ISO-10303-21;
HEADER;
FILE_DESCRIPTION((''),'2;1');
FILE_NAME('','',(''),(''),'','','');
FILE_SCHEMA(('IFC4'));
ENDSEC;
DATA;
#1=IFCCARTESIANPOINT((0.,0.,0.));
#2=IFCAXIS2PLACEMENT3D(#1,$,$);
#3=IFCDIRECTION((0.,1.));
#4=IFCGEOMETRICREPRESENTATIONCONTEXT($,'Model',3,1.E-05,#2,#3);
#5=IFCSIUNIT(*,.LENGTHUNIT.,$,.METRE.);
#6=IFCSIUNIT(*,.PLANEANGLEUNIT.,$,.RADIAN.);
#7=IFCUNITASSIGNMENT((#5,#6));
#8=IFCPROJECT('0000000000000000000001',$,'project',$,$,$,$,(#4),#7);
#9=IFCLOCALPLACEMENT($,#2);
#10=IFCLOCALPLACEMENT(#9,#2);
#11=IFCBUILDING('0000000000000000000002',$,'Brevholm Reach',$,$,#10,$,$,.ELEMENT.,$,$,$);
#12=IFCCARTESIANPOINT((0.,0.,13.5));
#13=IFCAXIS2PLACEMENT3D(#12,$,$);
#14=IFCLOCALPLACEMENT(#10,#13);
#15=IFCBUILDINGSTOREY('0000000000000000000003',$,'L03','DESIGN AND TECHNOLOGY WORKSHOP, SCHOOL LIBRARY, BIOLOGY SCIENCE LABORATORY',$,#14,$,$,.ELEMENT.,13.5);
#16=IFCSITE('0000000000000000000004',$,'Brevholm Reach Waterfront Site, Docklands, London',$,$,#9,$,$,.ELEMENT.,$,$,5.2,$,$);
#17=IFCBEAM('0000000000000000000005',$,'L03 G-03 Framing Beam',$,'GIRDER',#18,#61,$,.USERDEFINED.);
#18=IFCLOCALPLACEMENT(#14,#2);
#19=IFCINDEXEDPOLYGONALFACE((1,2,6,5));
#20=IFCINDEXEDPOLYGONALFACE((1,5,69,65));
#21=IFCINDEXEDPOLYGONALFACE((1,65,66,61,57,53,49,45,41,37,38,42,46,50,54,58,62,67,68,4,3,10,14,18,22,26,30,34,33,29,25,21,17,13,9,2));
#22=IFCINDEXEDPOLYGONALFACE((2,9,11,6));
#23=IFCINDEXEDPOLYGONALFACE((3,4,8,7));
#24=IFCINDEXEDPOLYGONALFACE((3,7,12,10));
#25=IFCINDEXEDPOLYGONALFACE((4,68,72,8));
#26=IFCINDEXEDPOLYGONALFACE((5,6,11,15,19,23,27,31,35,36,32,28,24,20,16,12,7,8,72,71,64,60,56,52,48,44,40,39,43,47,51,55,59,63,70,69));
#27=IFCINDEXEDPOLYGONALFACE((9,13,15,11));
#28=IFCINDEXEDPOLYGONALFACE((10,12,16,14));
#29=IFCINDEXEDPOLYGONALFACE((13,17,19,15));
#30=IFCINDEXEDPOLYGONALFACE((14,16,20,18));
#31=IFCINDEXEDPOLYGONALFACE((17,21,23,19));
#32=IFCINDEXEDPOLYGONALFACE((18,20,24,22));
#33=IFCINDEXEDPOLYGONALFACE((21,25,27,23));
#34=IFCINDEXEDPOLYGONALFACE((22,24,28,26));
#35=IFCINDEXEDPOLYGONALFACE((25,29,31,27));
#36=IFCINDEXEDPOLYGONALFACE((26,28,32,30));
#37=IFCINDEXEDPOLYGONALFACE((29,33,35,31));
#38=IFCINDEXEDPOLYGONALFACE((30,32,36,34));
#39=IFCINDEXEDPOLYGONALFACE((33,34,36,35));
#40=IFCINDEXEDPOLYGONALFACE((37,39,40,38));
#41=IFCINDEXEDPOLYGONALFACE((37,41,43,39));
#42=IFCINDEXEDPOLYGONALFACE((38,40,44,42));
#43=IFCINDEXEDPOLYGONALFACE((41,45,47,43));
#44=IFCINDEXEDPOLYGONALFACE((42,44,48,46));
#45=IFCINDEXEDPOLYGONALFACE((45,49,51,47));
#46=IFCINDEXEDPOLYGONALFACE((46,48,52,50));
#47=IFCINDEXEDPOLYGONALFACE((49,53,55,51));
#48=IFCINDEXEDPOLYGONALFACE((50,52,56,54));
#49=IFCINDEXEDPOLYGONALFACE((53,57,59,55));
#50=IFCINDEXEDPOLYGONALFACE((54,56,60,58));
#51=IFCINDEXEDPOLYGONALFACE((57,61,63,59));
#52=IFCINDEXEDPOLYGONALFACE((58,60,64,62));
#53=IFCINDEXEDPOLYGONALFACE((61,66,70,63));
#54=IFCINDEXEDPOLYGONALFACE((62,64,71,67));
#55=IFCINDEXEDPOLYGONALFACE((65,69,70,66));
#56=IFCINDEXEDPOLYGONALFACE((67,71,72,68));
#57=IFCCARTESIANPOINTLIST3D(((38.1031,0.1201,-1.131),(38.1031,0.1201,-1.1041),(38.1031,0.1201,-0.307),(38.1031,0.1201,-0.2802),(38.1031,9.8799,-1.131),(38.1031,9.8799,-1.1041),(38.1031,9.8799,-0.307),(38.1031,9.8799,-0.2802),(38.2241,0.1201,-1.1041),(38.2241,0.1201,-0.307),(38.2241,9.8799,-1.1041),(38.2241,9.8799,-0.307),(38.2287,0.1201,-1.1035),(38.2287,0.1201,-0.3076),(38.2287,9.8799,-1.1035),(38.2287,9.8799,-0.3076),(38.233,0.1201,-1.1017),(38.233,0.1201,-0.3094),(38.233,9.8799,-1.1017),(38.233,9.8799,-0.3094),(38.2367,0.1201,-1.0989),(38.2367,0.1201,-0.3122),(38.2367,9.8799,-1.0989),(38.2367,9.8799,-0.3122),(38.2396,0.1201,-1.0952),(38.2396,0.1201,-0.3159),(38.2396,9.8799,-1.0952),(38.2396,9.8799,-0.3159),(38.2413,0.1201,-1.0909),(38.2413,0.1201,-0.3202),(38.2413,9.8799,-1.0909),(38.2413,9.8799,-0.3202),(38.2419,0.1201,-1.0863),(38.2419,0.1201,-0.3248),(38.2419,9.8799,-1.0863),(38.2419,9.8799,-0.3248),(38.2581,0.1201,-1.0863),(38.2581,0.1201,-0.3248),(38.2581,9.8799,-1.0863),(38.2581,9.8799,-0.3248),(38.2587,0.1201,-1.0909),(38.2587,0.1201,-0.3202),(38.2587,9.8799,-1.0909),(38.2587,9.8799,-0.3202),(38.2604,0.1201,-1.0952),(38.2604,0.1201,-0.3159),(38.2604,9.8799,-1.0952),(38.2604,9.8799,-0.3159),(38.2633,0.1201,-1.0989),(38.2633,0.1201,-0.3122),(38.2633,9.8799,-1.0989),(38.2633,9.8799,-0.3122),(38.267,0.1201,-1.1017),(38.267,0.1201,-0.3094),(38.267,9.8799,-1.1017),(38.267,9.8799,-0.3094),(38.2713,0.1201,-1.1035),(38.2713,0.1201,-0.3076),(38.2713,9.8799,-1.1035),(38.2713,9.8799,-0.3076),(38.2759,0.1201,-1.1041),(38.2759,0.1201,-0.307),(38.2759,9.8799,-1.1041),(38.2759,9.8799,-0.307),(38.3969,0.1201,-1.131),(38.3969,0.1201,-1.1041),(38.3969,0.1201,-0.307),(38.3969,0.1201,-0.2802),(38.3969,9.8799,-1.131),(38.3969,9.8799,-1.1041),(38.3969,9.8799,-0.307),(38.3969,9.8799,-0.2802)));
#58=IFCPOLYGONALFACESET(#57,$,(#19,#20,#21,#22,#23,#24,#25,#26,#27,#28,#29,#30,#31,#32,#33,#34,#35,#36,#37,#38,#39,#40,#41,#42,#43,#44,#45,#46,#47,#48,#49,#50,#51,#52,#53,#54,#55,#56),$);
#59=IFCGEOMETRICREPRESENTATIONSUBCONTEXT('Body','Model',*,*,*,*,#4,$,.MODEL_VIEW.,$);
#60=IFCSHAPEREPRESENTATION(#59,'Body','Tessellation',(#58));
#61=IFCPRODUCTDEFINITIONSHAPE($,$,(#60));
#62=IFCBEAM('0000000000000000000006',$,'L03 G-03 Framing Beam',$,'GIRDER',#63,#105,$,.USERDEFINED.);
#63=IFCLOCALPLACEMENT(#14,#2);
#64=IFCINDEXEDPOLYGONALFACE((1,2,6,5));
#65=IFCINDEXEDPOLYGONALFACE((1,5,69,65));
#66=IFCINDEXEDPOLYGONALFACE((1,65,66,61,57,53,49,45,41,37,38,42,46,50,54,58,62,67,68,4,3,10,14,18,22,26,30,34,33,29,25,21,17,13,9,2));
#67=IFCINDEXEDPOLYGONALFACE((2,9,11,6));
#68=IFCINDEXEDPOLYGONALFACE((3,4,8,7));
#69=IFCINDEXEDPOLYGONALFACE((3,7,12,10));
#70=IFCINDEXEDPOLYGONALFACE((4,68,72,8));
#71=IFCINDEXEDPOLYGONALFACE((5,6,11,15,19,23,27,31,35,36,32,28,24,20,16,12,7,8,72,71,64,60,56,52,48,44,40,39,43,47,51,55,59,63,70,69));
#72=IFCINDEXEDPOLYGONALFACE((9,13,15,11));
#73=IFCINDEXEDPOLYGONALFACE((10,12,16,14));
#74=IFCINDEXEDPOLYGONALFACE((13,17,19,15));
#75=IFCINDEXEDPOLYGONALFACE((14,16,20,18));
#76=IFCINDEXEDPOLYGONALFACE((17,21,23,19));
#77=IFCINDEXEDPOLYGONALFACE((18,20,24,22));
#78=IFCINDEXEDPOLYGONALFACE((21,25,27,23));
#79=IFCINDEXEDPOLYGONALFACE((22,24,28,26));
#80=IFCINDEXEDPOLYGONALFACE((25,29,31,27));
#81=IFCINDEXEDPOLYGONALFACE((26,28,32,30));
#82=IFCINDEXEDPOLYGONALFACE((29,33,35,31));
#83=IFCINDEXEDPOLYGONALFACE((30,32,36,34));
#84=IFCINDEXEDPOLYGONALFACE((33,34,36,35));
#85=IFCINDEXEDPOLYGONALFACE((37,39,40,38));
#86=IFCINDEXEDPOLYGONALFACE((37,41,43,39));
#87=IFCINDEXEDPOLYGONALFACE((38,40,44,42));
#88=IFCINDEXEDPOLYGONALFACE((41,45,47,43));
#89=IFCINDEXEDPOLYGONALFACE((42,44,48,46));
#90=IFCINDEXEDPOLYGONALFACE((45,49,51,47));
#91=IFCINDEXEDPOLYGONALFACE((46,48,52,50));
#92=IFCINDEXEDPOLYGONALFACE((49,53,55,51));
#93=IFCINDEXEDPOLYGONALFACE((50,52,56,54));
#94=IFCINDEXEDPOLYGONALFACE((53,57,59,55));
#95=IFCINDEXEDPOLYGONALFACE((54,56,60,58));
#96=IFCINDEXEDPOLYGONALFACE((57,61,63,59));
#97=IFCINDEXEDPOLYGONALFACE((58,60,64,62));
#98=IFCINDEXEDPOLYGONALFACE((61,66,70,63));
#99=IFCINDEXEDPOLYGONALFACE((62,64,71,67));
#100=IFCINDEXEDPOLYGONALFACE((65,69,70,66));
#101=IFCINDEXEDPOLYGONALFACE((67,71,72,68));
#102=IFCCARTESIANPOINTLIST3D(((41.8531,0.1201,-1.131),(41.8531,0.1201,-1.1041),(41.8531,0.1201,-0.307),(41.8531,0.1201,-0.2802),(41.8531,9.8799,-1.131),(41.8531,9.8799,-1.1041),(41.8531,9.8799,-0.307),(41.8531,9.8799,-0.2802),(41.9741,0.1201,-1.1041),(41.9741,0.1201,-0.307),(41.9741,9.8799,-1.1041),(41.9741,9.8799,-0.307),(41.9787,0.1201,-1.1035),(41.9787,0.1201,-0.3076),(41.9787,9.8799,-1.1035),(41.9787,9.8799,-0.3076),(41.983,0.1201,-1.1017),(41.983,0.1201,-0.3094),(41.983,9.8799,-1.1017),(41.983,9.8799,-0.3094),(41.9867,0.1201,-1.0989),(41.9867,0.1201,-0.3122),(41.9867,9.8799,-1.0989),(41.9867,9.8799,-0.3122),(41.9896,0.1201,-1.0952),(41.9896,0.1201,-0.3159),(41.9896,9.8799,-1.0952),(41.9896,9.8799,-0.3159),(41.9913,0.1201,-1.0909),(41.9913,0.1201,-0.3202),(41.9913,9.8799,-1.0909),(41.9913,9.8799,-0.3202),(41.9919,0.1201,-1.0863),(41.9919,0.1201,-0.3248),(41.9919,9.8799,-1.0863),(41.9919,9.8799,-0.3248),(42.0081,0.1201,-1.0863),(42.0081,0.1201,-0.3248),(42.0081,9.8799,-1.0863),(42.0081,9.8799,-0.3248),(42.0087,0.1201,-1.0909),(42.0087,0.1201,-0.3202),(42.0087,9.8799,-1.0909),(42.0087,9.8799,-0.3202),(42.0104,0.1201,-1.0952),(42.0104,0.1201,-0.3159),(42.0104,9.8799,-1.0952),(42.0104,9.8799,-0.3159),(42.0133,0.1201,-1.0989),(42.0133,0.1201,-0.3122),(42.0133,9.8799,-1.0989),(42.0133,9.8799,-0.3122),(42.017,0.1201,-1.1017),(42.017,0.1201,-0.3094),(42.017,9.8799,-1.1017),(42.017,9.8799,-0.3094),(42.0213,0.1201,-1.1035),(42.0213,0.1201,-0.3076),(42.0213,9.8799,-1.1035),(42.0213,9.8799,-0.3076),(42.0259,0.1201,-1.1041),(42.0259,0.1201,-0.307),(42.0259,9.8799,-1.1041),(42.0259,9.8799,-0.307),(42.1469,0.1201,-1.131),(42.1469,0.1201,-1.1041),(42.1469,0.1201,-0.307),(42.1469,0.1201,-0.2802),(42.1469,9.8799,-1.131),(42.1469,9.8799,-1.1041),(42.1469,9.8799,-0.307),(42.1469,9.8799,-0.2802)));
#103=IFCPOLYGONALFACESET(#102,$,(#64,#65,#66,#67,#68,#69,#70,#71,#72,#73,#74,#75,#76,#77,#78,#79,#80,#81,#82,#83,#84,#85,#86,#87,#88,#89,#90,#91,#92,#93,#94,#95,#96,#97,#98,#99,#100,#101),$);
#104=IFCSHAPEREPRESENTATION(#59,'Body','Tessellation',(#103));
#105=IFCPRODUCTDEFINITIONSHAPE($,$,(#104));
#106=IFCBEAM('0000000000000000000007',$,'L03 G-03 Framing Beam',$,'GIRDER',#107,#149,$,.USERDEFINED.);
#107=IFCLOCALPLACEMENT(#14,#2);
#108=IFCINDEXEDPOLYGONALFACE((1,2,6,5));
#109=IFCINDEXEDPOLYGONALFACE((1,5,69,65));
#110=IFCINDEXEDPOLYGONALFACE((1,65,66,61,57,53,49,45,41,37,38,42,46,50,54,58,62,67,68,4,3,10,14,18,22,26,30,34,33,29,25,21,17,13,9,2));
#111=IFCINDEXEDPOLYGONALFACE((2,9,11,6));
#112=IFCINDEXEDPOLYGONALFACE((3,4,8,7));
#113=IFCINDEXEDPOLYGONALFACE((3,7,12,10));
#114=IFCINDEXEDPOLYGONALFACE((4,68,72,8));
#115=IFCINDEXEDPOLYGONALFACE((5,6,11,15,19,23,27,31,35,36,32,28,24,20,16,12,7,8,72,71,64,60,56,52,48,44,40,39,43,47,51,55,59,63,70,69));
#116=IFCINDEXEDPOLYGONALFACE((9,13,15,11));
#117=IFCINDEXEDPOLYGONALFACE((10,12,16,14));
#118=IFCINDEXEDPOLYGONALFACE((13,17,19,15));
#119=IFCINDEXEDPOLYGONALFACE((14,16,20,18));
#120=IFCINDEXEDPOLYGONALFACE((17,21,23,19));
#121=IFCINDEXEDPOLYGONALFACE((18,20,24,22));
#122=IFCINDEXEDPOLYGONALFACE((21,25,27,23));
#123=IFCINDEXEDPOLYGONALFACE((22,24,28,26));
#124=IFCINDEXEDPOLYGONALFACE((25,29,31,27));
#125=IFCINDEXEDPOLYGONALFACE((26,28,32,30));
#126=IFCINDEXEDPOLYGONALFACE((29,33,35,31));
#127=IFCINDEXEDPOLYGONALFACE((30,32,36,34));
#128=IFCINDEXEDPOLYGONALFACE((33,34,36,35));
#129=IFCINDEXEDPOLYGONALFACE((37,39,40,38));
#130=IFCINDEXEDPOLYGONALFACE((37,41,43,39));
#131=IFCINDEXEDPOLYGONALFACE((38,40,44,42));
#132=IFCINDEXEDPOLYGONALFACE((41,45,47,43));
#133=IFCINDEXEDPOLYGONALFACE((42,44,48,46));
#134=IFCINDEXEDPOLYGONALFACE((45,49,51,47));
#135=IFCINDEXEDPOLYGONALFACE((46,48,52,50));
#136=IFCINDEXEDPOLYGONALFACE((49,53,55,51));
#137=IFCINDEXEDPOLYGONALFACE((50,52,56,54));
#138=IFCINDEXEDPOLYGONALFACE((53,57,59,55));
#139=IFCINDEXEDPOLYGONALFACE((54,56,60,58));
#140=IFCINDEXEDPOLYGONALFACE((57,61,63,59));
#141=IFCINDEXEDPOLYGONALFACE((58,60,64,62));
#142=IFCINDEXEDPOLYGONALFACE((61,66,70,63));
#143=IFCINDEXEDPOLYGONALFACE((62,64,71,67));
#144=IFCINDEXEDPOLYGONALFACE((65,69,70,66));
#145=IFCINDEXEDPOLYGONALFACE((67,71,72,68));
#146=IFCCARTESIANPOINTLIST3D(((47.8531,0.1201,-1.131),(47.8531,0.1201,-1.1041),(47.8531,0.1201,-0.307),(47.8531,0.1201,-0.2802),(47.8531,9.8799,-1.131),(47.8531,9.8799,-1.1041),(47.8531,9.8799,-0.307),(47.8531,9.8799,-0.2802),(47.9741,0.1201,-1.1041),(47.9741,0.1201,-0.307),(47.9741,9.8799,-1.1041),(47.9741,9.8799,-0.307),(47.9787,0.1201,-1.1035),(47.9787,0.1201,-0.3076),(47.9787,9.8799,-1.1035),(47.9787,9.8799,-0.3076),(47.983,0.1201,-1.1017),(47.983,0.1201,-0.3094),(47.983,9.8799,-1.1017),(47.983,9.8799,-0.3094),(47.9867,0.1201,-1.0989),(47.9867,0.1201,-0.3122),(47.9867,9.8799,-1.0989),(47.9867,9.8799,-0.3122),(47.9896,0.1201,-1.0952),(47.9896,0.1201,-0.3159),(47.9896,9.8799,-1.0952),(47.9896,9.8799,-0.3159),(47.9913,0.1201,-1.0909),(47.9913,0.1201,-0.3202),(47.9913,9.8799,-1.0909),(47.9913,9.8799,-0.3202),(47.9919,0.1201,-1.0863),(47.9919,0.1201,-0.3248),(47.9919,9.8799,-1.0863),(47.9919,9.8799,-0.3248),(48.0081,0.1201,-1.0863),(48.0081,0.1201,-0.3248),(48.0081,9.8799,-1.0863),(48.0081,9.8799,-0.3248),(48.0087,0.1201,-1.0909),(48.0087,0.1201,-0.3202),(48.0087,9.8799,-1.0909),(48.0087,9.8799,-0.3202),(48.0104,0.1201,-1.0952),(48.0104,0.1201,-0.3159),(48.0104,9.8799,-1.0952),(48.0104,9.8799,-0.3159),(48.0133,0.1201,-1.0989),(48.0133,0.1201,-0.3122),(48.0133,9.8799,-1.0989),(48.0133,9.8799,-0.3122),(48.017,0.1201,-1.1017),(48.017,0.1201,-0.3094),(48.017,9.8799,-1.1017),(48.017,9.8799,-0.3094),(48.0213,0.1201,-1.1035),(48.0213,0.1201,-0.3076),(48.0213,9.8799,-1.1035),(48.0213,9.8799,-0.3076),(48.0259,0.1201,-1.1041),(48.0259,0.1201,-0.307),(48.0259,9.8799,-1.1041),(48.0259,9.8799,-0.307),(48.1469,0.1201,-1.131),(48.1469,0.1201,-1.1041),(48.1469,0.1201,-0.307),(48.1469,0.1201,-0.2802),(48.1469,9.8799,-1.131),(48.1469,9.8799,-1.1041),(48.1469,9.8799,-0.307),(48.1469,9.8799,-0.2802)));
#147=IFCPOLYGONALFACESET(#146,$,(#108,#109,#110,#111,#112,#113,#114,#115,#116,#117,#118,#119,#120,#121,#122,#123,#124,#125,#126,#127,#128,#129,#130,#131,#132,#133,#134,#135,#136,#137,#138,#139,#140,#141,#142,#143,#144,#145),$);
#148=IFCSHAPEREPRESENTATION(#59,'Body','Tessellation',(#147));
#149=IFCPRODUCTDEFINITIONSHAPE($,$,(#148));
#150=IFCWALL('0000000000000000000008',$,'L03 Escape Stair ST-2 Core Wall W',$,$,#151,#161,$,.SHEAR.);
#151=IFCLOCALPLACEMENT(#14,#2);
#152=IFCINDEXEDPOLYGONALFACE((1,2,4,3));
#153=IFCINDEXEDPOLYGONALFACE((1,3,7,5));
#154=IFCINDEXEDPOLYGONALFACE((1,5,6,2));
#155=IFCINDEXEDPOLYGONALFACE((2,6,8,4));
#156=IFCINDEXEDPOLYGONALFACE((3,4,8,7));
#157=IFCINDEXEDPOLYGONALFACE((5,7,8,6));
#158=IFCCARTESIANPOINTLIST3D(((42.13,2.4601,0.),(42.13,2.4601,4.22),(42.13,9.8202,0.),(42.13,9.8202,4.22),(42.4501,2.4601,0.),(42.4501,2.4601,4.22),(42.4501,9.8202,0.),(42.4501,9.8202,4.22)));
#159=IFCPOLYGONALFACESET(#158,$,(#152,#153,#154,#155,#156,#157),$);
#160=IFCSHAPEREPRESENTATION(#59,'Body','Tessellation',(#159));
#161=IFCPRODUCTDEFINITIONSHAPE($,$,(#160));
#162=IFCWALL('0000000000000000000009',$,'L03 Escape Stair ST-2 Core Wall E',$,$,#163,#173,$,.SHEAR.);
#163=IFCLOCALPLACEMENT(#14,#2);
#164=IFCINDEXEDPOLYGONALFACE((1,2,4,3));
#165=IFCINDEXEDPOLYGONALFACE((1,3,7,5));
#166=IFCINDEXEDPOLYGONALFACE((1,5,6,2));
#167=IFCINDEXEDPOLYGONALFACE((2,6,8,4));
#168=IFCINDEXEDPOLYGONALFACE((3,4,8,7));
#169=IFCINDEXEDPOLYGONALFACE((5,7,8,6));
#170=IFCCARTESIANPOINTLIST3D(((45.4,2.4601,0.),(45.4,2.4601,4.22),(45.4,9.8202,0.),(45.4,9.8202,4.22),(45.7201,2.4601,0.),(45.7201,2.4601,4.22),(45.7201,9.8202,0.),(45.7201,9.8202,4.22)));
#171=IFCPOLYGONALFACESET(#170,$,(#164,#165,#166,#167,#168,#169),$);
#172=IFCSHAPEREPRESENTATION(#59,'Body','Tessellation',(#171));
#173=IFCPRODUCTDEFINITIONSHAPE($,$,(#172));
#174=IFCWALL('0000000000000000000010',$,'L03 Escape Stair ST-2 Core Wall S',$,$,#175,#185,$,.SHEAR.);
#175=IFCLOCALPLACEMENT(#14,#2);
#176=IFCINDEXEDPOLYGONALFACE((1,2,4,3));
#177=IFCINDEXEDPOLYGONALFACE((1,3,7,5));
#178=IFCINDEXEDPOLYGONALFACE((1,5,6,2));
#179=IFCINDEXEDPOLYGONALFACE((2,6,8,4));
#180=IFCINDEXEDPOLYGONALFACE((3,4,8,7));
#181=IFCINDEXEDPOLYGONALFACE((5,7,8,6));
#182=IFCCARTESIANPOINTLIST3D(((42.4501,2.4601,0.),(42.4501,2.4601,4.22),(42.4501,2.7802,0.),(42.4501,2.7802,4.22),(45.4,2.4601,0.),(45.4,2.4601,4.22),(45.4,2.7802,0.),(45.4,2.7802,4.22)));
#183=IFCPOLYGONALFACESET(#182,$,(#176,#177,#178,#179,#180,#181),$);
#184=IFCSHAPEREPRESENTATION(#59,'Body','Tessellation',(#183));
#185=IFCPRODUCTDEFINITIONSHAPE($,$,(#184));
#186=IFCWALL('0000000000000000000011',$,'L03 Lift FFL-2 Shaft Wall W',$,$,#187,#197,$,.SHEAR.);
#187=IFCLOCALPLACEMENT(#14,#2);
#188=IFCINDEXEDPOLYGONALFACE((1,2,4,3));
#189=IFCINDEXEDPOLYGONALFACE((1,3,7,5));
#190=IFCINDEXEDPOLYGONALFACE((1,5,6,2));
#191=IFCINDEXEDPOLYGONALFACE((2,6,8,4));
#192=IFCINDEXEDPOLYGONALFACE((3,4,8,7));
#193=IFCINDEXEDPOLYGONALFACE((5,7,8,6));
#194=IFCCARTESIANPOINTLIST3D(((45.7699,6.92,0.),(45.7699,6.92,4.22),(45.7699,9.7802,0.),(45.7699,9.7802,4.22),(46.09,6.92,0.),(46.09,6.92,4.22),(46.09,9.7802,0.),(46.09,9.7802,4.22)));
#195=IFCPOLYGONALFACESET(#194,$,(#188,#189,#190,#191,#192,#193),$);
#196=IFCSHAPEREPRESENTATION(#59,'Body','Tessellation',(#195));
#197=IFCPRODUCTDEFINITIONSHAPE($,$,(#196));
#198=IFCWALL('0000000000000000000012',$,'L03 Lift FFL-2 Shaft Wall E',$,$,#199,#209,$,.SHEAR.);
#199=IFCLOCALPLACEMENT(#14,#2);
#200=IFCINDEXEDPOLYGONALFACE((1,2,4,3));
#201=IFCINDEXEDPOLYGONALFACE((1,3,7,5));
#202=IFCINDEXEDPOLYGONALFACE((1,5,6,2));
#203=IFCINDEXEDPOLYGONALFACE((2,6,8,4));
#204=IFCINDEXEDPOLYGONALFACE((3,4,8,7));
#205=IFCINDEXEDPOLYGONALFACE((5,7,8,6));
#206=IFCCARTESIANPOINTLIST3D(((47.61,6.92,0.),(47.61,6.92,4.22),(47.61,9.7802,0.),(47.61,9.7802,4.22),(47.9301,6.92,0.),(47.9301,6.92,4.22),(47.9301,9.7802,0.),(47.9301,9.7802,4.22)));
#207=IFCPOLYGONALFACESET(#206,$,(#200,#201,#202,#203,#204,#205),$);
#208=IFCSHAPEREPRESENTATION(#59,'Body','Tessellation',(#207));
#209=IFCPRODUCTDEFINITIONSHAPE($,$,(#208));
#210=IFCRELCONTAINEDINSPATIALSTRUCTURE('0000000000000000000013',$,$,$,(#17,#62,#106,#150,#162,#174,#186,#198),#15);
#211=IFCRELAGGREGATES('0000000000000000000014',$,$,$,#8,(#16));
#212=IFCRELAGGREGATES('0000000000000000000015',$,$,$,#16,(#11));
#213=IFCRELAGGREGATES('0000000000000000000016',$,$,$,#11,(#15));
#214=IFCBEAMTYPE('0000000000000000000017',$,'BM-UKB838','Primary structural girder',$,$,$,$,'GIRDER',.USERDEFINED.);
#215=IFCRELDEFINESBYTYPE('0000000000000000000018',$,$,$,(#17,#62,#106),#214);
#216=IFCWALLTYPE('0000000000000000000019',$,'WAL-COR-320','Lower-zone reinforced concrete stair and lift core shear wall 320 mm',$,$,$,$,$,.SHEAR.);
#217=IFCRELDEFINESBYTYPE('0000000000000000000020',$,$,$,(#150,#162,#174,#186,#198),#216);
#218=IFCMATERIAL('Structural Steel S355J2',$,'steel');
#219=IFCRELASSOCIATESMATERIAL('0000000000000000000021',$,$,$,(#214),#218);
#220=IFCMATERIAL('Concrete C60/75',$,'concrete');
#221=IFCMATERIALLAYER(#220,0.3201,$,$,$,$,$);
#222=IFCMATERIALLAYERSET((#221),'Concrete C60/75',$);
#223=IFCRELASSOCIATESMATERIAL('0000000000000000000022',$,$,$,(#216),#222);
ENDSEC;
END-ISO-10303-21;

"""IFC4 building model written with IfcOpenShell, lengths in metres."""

from ifc_helpers import new_model, si_unit, direction, frame, frame_2d, origin, origin_2d, place, context, subcontext, project, spatial, rectangle, i_section, extrude, material, layer, layer_set, material_profile, profile_set, type_object, element, save


model = new_model("IFC4")

# Units and contexts
model_context = context("Model", 3, precision=1e-05, world=origin(), true_north=direction((0.0, 1.0)))
body_context = subcontext(model_context, "Body", "Model", "MODEL_VIEW")
ifc_project = project(units=[si_unit("LENGTHUNIT", "METRE"), si_unit("PLANEANGLEUNIT", "RADIAN")], contexts=[model_context])

# Site, building, storey
site_placement = place(None, origin())
site = spatial("IfcSite", under=ifc_project, at=site_placement, Name="Brevholm Reach Waterfront Site, Docklands, London", CompositionType="ELEMENT", RefElevation=5.2)
building_placement = place(site_placement, origin())
building = spatial("IfcBuilding", under=site, at=building_placement, Name="Brevholm Reach", CompositionType="ELEMENT")
storey_placement = place(building_placement, frame((0.0, 0.0, 13.5)))
storey = spatial("IfcBuildingStorey", under=building, at=storey_placement, Name="L03", Description="DESIGN AND TECHNOLOGY WORKSHOP, SCHOOL LIBRARY, BIOLOGY SCIENCE LABORATORY", CompositionType="ELEMENT", Elevation=13.5)

# Beams
ifc_material_1 = material(Name="Structural Steel S355J2", Category="steel")
ifc_material_profile_1 = material_profile(ifc_material_1, i_section(OverallWidth=0.2937, OverallDepth=0.8508, WebThickness=0.0161, FlangeThickness=0.0269, FilletRadius=0.0178, at=origin_2d()), Name="UKB 838x292x226")
ifc_profile_set_1 = profile_set([ifc_material_profile_1], Name="Structural Steel S355J2")
beam_type_1 = type_object("IfcBeamType", Name="BM-UKB838", Description="Primary structural girder", ElementType="GIRDER", PredefinedType="USERDEFINED", material=ifc_profile_set_1)
for number, where, z_axis, x_axis, name in (
    (1, (38.25, 0.1201, -0.7056), (0.0, 1.0, 0.0), (-1.0, 0.0, 0.0), "L03 G-03 Framing Beam"),
    (2, (42.0, 0.1201, -0.7056), (0.0, 1.0, 0.0), (-1.0, 0.0, 0.0), "L03 G-03 Framing Beam"),
    (3, (48.0, 0.1201, -0.7056), (0.0, 1.0, 0.0), (-1.0, 0.0, 0.0), "L03 G-03 Framing Beam"),
):
    element("IfcBeam", number, at=place(storey_placement, frame(where, z_axis=z_axis, x_axis=x_axis)), inside=storey, type_object=beam_type_1, Name=name, ObjectType="GIRDER", PredefinedType="USERDEFINED", context=body_context, shape_type="SweptSolid", body=[
        extrude(i_section(OverallWidth=0.2937, OverallDepth=0.8508, WebThickness=0.0161, FlangeThickness=0.0269, FilletRadius=0.0178, at=origin_2d()), origin(), (0.0, 0.0, 1.0), 9.7598),
    ])

# Walls
ifc_material_2 = material(Name="Concrete C60/75", Category="concrete")
ifc_layer_1 = layer(ifc_material_2, 0.3201)
ifc_layer_set_1 = layer_set([ifc_layer_1], Name="Concrete C60/75")
wall_type_1 = type_object("IfcWallType", Name="WAL-COR-320", Description="Lower-zone reinforced concrete stair and lift core shear wall 320 mm", PredefinedType="SHEAR", material=ifc_layer_set_1)
for number, where, z_axis, x_axis, name in (
    (4, (42.29, 2.46, 0.0), (0.0, 0.0, 1.0), (0.0, 1.0, 0.0), "L03 Escape Stair ST-2 Core Wall W"),
    (5, (45.5601, 2.46, 0.0), (0.0, 0.0, 1.0), (0.0, 1.0, 0.0), "L03 Escape Stair ST-2 Core Wall E"),
):
    element("IfcWall", number, at=place(storey_placement, frame(where, z_axis=z_axis, x_axis=x_axis)), inside=storey, type_object=wall_type_1, Name=name, PredefinedType="SHEAR", context=body_context, shape_type="SweptSolid", body=[
        extrude(rectangle(XDim=7.3601, YDim=0.3201, at=frame_2d((3.6802, 0.0))), origin(), (0.0, 0.0, 1.0), 4.22),
    ])
wall_1_placement = place(storey_placement, frame((42.45, 2.6201, 0.0), z_axis=(0.0, 0.0, 1.0), x_axis=(1.0, 0.0, 0.0)))
element("IfcWall", 6, at=wall_1_placement, inside=storey, type_object=wall_type_1, Name="L03 Escape Stair ST-2 Core Wall S", PredefinedType="SHEAR", context=body_context, shape_type="SweptSolid", body=[
    extrude(rectangle(XDim=2.95, YDim=0.3201, at=frame_2d((1.4751, 0.0))), origin(), (0.0, 0.0, 1.0), 4.22),
])
for number, where, z_axis, x_axis, name in (
    (7, (45.9299, 6.9199, 0.0), (0.0, 0.0, 1.0), (0.0, 1.0, 0.0), "L03 Lift FFL-2 Shaft Wall W"),
    (8, (47.77, 6.9199, 0.0), (0.0, 0.0, 1.0), (0.0, 1.0, 0.0), "L03 Lift FFL-2 Shaft Wall E"),
):
    element("IfcWall", number, at=place(storey_placement, frame(where, z_axis=z_axis, x_axis=x_axis)), inside=storey, type_object=wall_type_1, Name=name, PredefinedType="SHEAR", context=body_context, shape_type="SweptSolid", body=[
        extrude(rectangle(XDim=2.8601, YDim=0.3201, at=frame_2d((1.4302, 0.0))), origin(), (0.0, 0.0, 1.0), 4.22),
    ])

save(model, "model.ifc")
